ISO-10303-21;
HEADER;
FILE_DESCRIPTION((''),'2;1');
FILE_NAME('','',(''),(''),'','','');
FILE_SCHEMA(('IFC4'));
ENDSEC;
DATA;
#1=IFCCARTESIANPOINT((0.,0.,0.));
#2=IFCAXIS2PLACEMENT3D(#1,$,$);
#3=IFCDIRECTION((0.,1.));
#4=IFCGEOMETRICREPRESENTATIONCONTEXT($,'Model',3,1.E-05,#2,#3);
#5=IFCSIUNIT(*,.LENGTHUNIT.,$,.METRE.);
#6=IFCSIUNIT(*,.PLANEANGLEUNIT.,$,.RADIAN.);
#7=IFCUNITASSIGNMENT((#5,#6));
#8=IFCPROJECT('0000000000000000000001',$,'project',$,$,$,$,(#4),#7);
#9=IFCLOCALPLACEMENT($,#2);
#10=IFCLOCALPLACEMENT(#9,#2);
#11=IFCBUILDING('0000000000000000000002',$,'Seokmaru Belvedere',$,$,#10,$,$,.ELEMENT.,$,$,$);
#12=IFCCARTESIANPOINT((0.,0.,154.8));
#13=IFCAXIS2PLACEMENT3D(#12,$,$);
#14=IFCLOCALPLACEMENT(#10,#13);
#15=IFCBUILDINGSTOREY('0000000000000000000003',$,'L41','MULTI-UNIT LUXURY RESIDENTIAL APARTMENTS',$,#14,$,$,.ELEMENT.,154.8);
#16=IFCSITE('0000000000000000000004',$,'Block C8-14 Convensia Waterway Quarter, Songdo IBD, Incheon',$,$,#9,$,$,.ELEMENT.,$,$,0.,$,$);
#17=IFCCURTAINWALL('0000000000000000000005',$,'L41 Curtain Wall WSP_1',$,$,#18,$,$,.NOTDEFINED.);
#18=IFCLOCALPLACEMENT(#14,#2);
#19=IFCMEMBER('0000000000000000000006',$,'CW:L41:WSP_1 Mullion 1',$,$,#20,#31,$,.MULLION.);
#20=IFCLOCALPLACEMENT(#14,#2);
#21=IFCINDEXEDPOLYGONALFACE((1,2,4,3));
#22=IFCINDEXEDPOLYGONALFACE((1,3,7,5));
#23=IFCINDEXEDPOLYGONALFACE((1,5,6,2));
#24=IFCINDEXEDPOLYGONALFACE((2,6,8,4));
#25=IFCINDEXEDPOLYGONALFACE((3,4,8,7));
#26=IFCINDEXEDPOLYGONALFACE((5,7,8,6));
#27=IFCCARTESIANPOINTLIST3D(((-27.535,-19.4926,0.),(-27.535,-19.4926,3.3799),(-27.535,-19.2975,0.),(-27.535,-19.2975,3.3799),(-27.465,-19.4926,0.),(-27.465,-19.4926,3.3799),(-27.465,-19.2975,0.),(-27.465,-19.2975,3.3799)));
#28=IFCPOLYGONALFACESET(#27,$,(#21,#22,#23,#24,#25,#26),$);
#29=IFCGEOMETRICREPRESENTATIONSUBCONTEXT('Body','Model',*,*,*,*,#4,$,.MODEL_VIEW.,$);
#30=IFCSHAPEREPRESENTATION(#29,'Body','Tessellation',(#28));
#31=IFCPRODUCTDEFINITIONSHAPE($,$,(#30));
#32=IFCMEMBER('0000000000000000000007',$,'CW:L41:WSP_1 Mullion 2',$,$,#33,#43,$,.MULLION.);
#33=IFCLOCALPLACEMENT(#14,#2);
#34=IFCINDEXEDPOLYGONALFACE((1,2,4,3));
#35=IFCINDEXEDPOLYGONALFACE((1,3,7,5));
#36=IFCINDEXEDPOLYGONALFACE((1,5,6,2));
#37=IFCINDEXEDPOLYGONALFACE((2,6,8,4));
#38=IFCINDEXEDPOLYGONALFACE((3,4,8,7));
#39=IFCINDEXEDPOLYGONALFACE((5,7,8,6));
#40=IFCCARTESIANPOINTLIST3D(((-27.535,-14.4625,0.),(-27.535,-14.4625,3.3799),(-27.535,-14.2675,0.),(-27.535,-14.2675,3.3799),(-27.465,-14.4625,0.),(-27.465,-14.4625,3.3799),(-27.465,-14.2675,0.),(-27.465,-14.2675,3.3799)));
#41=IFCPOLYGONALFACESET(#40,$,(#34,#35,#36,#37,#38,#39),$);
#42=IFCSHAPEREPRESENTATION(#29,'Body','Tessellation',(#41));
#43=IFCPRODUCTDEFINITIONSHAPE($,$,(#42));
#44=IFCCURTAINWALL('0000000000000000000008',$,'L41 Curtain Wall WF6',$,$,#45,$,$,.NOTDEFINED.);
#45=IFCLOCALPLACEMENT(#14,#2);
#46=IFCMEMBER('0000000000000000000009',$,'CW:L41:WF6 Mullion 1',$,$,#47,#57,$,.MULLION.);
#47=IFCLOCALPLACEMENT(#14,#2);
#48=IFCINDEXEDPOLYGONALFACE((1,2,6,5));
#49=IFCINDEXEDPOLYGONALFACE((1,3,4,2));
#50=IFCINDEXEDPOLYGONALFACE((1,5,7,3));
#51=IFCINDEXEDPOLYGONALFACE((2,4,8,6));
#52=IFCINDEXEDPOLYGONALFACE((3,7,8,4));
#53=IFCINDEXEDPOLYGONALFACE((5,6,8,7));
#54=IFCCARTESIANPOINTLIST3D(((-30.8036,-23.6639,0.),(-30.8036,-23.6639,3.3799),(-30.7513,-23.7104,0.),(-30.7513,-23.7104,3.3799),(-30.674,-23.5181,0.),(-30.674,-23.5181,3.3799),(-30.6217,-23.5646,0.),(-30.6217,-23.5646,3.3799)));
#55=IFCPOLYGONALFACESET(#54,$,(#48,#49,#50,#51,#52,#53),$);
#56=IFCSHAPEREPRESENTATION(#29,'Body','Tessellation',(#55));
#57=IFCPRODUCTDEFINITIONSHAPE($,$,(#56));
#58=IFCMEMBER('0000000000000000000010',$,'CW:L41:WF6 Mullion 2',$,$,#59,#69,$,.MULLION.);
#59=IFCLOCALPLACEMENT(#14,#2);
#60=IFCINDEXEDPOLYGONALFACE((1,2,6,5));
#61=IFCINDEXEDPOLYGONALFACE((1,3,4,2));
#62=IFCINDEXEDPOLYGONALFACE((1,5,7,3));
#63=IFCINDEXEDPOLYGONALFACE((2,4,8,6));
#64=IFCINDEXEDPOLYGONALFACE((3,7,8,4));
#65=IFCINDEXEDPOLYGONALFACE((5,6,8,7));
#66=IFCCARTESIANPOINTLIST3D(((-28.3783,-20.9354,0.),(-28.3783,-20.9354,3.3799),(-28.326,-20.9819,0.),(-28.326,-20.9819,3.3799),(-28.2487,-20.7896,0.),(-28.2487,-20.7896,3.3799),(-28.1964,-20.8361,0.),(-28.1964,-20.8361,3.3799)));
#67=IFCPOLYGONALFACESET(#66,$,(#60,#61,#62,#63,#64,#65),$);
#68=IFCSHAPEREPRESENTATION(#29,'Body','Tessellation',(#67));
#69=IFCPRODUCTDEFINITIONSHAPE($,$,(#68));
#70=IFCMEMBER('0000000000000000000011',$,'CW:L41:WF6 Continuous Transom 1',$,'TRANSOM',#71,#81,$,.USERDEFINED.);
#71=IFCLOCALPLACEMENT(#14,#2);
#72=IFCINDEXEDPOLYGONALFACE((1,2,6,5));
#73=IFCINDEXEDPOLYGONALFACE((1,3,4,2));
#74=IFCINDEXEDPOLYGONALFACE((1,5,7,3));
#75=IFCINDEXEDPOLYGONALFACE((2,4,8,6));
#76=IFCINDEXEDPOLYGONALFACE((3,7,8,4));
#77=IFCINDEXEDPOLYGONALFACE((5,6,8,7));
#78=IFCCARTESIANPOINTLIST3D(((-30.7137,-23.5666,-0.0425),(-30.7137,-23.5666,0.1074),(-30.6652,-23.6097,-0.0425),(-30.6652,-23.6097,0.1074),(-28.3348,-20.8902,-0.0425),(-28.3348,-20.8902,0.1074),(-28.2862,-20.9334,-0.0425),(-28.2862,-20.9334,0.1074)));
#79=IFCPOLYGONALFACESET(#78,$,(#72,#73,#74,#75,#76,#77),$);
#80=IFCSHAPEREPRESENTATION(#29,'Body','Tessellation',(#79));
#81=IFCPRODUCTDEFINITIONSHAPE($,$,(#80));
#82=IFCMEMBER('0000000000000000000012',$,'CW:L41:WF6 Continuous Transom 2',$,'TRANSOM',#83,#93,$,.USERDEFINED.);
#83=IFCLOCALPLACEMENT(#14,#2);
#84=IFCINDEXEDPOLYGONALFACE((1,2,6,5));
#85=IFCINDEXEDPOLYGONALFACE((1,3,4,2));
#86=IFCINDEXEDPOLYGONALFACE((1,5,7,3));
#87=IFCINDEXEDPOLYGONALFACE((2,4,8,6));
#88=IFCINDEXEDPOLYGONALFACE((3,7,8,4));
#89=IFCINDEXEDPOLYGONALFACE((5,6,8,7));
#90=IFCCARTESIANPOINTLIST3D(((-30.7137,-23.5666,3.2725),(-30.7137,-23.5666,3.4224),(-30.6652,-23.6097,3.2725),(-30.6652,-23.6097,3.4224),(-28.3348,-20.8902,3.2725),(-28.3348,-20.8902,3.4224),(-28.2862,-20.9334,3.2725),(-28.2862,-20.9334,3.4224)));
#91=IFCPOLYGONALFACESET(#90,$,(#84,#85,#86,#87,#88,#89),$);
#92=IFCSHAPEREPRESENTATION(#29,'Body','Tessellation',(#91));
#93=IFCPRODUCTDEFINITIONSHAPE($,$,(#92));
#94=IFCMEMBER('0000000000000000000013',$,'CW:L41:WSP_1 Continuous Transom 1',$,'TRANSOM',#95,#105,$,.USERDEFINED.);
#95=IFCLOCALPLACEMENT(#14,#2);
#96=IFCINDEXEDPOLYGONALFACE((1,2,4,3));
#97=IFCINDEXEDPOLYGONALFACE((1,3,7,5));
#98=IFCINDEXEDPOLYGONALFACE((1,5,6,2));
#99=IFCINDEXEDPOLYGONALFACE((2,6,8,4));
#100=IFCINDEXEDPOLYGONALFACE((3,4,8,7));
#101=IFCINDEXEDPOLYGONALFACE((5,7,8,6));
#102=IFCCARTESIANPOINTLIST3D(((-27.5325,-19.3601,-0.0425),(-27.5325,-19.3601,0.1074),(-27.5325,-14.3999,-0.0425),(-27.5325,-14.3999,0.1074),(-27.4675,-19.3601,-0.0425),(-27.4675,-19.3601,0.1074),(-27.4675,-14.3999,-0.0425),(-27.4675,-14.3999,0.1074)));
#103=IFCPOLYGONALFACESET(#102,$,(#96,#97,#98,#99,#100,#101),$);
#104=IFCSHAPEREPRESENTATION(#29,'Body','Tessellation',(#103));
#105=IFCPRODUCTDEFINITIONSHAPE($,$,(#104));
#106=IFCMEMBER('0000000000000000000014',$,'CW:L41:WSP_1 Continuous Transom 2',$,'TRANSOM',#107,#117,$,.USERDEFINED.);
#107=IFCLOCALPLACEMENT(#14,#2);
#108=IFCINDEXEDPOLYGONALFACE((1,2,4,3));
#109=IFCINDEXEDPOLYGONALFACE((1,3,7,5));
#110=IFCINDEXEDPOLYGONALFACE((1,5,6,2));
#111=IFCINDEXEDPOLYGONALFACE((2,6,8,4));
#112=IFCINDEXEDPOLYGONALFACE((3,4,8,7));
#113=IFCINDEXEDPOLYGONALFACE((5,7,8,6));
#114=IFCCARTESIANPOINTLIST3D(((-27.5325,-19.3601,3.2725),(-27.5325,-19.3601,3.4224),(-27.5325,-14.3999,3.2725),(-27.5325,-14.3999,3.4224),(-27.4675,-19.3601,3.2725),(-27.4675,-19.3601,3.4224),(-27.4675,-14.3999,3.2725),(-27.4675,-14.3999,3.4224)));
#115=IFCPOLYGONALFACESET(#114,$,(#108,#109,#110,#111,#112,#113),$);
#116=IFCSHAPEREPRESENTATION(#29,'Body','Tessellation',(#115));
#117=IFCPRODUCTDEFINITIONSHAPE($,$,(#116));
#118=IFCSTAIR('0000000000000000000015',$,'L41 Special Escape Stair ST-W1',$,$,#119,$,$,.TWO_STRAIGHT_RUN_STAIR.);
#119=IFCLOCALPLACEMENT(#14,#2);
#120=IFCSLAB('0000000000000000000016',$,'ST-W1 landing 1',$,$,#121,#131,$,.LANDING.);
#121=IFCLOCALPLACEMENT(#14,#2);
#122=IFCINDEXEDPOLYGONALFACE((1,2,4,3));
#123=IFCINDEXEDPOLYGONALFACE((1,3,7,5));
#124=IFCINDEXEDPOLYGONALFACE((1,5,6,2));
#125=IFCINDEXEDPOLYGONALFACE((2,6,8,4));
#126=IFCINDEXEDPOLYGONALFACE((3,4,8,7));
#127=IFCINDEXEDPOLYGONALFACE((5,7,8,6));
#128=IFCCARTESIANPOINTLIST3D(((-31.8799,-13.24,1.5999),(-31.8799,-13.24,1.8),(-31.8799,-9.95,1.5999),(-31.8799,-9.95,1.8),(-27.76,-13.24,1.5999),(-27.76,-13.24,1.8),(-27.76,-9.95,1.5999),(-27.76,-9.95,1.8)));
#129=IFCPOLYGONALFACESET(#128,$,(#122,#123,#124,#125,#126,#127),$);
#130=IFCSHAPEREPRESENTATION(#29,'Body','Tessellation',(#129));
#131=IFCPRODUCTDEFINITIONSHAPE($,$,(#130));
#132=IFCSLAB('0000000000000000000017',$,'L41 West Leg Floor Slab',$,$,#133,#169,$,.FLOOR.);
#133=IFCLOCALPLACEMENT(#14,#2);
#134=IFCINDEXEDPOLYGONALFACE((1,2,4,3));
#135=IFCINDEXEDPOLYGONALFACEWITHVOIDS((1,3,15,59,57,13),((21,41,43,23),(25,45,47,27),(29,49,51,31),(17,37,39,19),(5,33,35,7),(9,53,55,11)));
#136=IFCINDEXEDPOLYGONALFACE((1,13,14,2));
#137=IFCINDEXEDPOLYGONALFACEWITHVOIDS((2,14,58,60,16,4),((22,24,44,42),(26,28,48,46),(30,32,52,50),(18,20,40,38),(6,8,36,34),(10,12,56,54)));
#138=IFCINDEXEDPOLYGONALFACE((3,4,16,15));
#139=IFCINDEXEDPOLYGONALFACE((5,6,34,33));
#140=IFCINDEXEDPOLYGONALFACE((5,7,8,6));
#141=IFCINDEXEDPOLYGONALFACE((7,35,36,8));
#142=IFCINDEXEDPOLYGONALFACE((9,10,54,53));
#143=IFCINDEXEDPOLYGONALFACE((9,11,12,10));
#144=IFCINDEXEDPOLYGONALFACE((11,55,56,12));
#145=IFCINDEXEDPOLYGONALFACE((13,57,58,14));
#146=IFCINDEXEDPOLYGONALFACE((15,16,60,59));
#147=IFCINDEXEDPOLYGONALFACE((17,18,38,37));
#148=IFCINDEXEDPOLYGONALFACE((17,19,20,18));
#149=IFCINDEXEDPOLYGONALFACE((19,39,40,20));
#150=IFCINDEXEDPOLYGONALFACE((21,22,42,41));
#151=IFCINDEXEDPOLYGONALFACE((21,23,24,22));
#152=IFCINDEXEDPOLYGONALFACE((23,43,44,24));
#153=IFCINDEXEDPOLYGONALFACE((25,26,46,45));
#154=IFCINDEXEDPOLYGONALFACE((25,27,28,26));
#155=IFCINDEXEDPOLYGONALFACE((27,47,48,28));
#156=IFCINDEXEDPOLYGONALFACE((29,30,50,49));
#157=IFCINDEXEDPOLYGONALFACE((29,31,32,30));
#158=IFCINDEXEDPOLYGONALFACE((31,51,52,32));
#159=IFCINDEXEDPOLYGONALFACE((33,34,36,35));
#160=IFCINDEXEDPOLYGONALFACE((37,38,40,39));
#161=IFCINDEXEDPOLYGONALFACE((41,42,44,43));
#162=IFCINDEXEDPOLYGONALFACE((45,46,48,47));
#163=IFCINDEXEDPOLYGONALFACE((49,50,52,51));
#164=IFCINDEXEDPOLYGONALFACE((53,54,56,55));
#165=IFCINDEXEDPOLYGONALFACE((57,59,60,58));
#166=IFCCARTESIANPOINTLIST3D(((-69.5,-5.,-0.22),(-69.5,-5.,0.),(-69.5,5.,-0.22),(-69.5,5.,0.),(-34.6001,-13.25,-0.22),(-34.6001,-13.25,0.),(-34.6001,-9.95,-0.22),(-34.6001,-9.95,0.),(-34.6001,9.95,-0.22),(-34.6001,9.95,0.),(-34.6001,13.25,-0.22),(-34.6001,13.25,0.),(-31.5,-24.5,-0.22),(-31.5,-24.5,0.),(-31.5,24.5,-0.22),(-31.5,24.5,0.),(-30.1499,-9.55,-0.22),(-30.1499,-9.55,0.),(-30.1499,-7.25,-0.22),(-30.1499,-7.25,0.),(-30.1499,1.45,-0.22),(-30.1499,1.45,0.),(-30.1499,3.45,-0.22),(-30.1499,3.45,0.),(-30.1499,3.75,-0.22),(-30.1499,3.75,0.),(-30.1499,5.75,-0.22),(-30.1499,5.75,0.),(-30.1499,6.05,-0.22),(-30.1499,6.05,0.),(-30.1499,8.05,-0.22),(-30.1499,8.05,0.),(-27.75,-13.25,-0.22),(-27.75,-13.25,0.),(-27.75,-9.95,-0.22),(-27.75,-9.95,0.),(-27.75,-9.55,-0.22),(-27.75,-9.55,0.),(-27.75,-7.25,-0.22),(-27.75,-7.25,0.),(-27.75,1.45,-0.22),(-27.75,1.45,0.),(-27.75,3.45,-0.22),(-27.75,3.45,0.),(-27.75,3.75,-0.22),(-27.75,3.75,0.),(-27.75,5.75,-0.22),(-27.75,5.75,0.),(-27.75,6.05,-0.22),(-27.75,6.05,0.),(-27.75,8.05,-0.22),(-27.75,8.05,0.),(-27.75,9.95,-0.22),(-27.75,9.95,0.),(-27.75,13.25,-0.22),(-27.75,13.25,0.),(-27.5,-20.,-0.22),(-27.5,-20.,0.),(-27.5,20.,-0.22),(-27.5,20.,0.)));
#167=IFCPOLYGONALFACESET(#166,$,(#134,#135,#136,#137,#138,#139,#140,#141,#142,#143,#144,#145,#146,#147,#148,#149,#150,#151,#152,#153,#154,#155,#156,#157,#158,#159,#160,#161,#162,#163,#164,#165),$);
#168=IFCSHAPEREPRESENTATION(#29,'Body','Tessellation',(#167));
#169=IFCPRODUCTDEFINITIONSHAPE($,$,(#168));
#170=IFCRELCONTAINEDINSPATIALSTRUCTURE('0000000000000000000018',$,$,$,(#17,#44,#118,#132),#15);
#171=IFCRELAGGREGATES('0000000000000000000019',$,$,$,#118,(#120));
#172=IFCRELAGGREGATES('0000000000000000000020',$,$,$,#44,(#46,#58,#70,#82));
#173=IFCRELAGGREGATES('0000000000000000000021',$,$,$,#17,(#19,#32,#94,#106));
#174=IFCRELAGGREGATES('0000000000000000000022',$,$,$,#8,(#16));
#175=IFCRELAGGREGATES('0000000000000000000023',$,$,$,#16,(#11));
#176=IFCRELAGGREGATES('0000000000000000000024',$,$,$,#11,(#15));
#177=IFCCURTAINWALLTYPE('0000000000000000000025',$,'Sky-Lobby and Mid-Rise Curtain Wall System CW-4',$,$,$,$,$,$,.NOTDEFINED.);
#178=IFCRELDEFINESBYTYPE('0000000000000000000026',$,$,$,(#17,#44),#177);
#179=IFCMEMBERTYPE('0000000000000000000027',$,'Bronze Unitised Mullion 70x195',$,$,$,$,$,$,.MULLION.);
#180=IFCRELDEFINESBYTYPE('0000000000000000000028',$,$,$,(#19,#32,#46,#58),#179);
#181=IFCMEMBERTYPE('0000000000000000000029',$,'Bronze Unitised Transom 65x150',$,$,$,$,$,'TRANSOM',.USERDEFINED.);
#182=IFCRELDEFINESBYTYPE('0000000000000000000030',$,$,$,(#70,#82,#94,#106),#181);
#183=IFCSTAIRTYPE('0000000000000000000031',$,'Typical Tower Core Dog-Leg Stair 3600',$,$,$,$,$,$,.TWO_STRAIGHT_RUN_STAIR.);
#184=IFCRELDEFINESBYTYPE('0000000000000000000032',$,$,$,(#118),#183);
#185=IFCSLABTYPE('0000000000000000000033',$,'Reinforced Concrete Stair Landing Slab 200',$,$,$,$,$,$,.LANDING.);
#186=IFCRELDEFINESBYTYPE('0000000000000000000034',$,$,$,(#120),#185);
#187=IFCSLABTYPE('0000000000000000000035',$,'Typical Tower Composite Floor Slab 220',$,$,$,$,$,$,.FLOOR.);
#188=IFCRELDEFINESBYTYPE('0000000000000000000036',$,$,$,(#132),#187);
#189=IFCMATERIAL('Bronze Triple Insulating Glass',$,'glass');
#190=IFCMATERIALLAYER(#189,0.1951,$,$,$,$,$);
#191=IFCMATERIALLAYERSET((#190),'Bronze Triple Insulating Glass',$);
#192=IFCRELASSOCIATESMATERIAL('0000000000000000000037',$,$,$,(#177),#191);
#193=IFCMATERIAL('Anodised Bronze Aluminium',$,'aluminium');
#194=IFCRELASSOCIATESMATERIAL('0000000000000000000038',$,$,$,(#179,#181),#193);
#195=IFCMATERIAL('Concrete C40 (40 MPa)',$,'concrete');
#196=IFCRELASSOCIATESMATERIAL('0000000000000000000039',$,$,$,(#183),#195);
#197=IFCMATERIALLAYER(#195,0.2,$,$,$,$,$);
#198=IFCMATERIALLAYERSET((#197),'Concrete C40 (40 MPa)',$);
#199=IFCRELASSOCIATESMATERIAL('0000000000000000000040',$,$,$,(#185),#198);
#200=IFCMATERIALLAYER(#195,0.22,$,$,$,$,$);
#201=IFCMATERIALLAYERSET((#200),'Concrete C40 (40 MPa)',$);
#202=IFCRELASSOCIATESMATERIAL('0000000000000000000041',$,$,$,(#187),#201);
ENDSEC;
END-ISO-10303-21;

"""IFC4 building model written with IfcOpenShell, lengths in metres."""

from ifc_helpers import new_model, si_unit, direction, frame, origin, origin_2d, place, context, subcontext, project, spatial, polyline, rectangle, outline, extrude, source, transform, mapped, material, layer, layer_set, material_profile, profile_set, type_object, type_shapes, element, aggregate, save


model = new_model("IFC4")

# Units and contexts
model_context = context("Model", 3, precision=1e-05, world=origin(), true_north=direction((0.0, 1.0)))
body_context = subcontext(model_context, "Body", "Model", "MODEL_VIEW")
ifc_project = project(units=[si_unit("LENGTHUNIT", "METRE"), si_unit("PLANEANGLEUNIT", "RADIAN")], contexts=[model_context])

# Site, building, storey
site_placement = place(None, origin())
site = spatial("IfcSite", under=ifc_project, at=site_placement, Name="Block C8-14 Convensia Waterway Quarter, Songdo IBD, Incheon", CompositionType="ELEMENT", RefElevation=0.0)
building_placement = place(site_placement, origin())
building = spatial("IfcBuilding", under=site, at=building_placement, Name="Seokmaru Belvedere", CompositionType="ELEMENT")
storey_placement = place(building_placement, frame((0.0, 0.0, 154.8)))
storey = spatial("IfcBuildingStorey", under=building, at=storey_placement, Name="L41", Description="MULTI-UNIT LUXURY RESIDENTIAL APARTMENTS", CompositionType="ELEMENT", Elevation=154.8)

# Curtain walls, members
ifc_material_1 = material(Name="Bronze Triple Insulating Glass", Category="glass")
ifc_layer_1 = layer(ifc_material_1, 0.1951)
ifc_layer_set_1 = layer_set([ifc_layer_1], Name="Bronze Triple Insulating Glass")
curtain_wall_type = type_object("IfcCurtainWallType", Name="Sky-Lobby and Mid-Rise Curtain Wall System CW-4", PredefinedType="NOTDEFINED", material=ifc_layer_set_1)
curtain_wall_1_placement = place(storey_placement, origin())
curtain_wall_1 = element("IfcCurtainWall", 1, at=curtain_wall_1_placement, inside=storey, type_object=curtain_wall_type, Name="L41 Curtain Wall WSP_1", PredefinedType="NOTDEFINED")
ifc_material_2 = material(Name="Anodised Bronze Aluminium", Category="aluminium")
ifc_material_profile_1 = material_profile(ifc_material_2, rectangle(XDim=0.0701, YDim=0.1951, at=origin_2d()), Name="CW-M-70x195")
ifc_profile_set_1 = profile_set([ifc_material_profile_1], Name="Anodised Bronze Aluminium")
member_type_1 = type_object("IfcMemberType", Name="Bronze Unitised Mullion 70x195", PredefinedType="MULLION", material=ifc_profile_set_1)
shared_shape_1 = source(origin(), body_context, "Body", "SweptSolid", [
    extrude(rectangle(XDim=0.0701, YDim=0.1951, at=origin_2d()), origin(), (0.0, 0.0, 1.0), 3.3799),
])
type_shapes(member_type_1, [shared_shape_1])
member_1_placement = place(storey_placement, frame((-27.5, -19.395, 0.0), z_axis=(0.0, 0.0, 1.0), x_axis=(-1.0, 0.0, 0.0)))
member_1 = element("IfcMember", 2, at=member_1_placement, type_object=member_type_1, Name="CW:L41:WSP_1 Mullion 1", PredefinedType="MULLION", context=body_context, shape_type="MappedRepresentation", body=[
    mapped(shared_shape_1, transform((0.0, 0.0, 0.0), scale=1.0)),
])
member_2_placement = place(storey_placement, frame((-27.5, -14.365, 0.0), z_axis=(0.0, 0.0, 1.0), x_axis=(-1.0, 0.0, 0.0)))
member_2 = element("IfcMember", 3, at=member_2_placement, type_object=member_type_1, Name="CW:L41:WSP_1 Mullion 2", PredefinedType="MULLION", context=body_context, shape_type="MappedRepresentation", body=[
    mapped(shared_shape_1, transform((0.0, 0.0, 0.0), scale=1.0)),
])
curtain_wall_2_placement = place(storey_placement, origin())
curtain_wall_2 = element("IfcCurtainWall", 4, at=curtain_wall_2_placement, inside=storey, type_object=curtain_wall_type, Name="L41 Curtain Wall WF6", PredefinedType="NOTDEFINED")
member_3_placement = place(storey_placement, frame((-30.7126, -23.6143, 0.0), z_axis=(0.0, 0.0, 1.0), x_axis=(-0.74741, 0.664363, 0.0)))
member_3 = element("IfcMember", 5, at=member_3_placement, type_object=member_type_1, Name="CW:L41:WF6 Mullion 1", PredefinedType="MULLION", context=body_context, shape_type="MappedRepresentation", body=[
    mapped(shared_shape_1, transform((0.0, 0.0, 0.0), scale=1.0)),
])
member_4_placement = place(storey_placement, frame((-28.2874, -20.8857, 0.0), z_axis=(0.0, 0.0, 1.0), x_axis=(-0.74741, 0.664363, 0.0)))
member_4 = element("IfcMember", 6, at=member_4_placement, type_object=member_type_1, Name="CW:L41:WF6 Mullion 2", PredefinedType="MULLION", context=body_context, shape_type="MappedRepresentation", body=[
    mapped(shared_shape_1, transform((0.0, 0.0, 0.0), scale=1.0)),
])
ifc_material_profile_2 = material_profile(ifc_material_2, rectangle(XDim=0.0649, YDim=0.1499, at=origin_2d()), Name="CW-T-65x150")
ifc_profile_set_2 = profile_set([ifc_material_profile_2], Name="Anodised Bronze Aluminium")
member_type_2 = type_object("IfcMemberType", Name="Bronze Unitised Transom 65x150", ElementType="TRANSOM", PredefinedType="USERDEFINED", material=ifc_profile_set_2)
shared_shape_2 = source(origin(), body_context, "Body", "SweptSolid", [
    extrude(rectangle(XDim=0.0649, YDim=0.1499, at=origin_2d()), origin(), (0.0, 0.0, 1.0), 3.5808),
])
member_5_placement = place(storey_placement, frame((-30.6895, -23.5881, 0.0325), z_axis=(0.664364, 0.747409, 0.0), x_axis=(-0.747409, 0.664364, 0.0)))
member_5 = element("IfcMember", 7, at=member_5_placement, type_object=member_type_2, Name="CW:L41:WF6 Continuous Transom 1", ObjectType="TRANSOM", PredefinedType="USERDEFINED", context=body_context, shape_type="MappedRepresentation", body=[
    mapped(shared_shape_2, transform((0.0, 0.0, 0.0), scale=1.0)),
])
member_6_placement = place(storey_placement, frame((-30.6895, -23.5881, 3.3474), z_axis=(0.664364, 0.747409, 0.0), x_axis=(-0.747409, 0.664364, 0.0)))
member_6 = element("IfcMember", 8, at=member_6_placement, type_object=member_type_2, Name="CW:L41:WF6 Continuous Transom 2", ObjectType="TRANSOM", PredefinedType="USERDEFINED", context=body_context, shape_type="MappedRepresentation", body=[
    mapped(shared_shape_2, transform((0.0, 0.0, 0.0), scale=1.0)),
])

# Members
shared_shape_3 = source(origin(), body_context, "Body", "SweptSolid", [
    extrude(rectangle(XDim=0.0649, YDim=0.1499, at=origin_2d()), origin(), (0.0, 0.0, 1.0), 4.9602),
])
type_shapes(member_type_2, [shared_shape_2, shared_shape_3])
member_7_placement = place(storey_placement, frame((-27.5, -19.3601, 0.0325), z_axis=(0.0, 1.0, 0.0), x_axis=(-1.0, 0.0, 0.0)))
member_7 = element("IfcMember", 9, at=member_7_placement, type_object=member_type_2, Name="CW:L41:WSP_1 Continuous Transom 1", ObjectType="TRANSOM", PredefinedType="USERDEFINED", context=body_context, shape_type="MappedRepresentation", body=[
    mapped(shared_shape_3, transform((0.0, 0.0, 0.0), scale=1.0)),
])
member_8_placement = place(storey_placement, frame((-27.5, -19.3601, 3.3474), z_axis=(0.0, 1.0, 0.0), x_axis=(-1.0, 0.0, 0.0)))
member_8 = element("IfcMember", 10, at=member_8_placement, type_object=member_type_2, Name="CW:L41:WSP_1 Continuous Transom 2", ObjectType="TRANSOM", PredefinedType="USERDEFINED", context=body_context, shape_type="MappedRepresentation", body=[
    mapped(shared_shape_3, transform((0.0, 0.0, 0.0), scale=1.0)),
])

# Stair, slab
ifc_material_3 = material(Name="Concrete C40 (40 MPa)", Category="concrete")
stair_type = type_object("IfcStairType", Name="Typical Tower Core Dog-Leg Stair 3600", PredefinedType="TWO_STRAIGHT_RUN_STAIR", material=ifc_material_3)
stair_placement = place(storey_placement, origin())
stair = element("IfcStair", 11, at=stair_placement, inside=storey, type_object=stair_type, Name="L41 Special Escape Stair ST-W1", PredefinedType="TWO_STRAIGHT_RUN_STAIR")
ifc_layer_2 = layer(ifc_material_3, 0.2)
ifc_layer_set_2 = layer_set([ifc_layer_2], Name="Concrete C40 (40 MPa)")
slab_type_1 = type_object("IfcSlabType", Name="Reinforced Concrete Stair Landing Slab 200", PredefinedType="LANDING", material=ifc_layer_set_2)
slab_1_placement = place(storey_placement, frame((0.0, 0.0, 1.5999)))
slab_1 = element("IfcSlab", 12, at=slab_1_placement, type_object=slab_type_1, Name="ST-W1 landing 1", PredefinedType="LANDING", context=body_context, shape_type="SweptSolid", body=[
    extrude(outline(polyline([(-31.8799, -13.24), (-27.76, -13.24), (-27.76, -9.95), (-31.8799, -9.95), (-31.8799, -13.24)])), origin(), (0.0, 0.0, 1.0), 0.2002),
])
aggregate(stair, [slab_1])

# Slab
ifc_layer_3 = layer(ifc_material_3, 0.22)
ifc_layer_set_3 = layer_set([ifc_layer_3], Name="Concrete C40 (40 MPa)")
slab_type_2 = type_object("IfcSlabType", Name="Typical Tower Composite Floor Slab 220", PredefinedType="FLOOR", material=ifc_layer_set_3)
slab_2_placement = place(storey_placement, frame((0.0, 0.0, -0.22)))
element("IfcSlab", 13, at=slab_2_placement, inside=storey, type_object=slab_type_2, Name="L41 West Leg Floor Slab", PredefinedType="FLOOR", context=body_context, shape_type="SweptSolid", body=[
    extrude(outline(polyline([(-27.5, -20.0), (-27.5, 20.0), (-31.5, 24.5), (-69.5, 5.0), (-69.5, -5.0), (-31.5, -24.5), (-27.5, -20.0)]), holes=[polyline([(-34.6001, -13.25), (-27.75, -13.25), (-27.75, -9.95), (-34.6001, -9.95), (-34.6001, -13.25)]), polyline([(-34.6001, 9.95), (-27.75, 9.95), (-27.75, 13.25), (-34.6001, 13.25), (-34.6001, 9.95)]), polyline([(-30.1499, -9.55), (-27.75, -9.55), (-27.75, -7.25), (-30.1499, -7.25), (-30.1499, -9.55)]), polyline([(-30.1499, 1.45), (-27.75, 1.45), (-27.75, 3.45), (-30.1499, 3.45), (-30.1499, 1.45)]), polyline([(-30.1499, 3.75), (-27.75, 3.75), (-27.75, 5.75), (-30.1499, 5.75), (-30.1499, 3.75)]), polyline([(-30.1499, 6.05), (-27.75, 6.05), (-27.75, 8.05), (-30.1499, 8.05), (-30.1499, 6.05)])]), origin(), (0.0, 0.0, 1.0), 0.22),
])

aggregate(curtain_wall_2, [member_3, member_4, member_5, member_6])
aggregate(curtain_wall_1, [member_1, member_2, member_7, member_8])

save(model, "model.ifc")
